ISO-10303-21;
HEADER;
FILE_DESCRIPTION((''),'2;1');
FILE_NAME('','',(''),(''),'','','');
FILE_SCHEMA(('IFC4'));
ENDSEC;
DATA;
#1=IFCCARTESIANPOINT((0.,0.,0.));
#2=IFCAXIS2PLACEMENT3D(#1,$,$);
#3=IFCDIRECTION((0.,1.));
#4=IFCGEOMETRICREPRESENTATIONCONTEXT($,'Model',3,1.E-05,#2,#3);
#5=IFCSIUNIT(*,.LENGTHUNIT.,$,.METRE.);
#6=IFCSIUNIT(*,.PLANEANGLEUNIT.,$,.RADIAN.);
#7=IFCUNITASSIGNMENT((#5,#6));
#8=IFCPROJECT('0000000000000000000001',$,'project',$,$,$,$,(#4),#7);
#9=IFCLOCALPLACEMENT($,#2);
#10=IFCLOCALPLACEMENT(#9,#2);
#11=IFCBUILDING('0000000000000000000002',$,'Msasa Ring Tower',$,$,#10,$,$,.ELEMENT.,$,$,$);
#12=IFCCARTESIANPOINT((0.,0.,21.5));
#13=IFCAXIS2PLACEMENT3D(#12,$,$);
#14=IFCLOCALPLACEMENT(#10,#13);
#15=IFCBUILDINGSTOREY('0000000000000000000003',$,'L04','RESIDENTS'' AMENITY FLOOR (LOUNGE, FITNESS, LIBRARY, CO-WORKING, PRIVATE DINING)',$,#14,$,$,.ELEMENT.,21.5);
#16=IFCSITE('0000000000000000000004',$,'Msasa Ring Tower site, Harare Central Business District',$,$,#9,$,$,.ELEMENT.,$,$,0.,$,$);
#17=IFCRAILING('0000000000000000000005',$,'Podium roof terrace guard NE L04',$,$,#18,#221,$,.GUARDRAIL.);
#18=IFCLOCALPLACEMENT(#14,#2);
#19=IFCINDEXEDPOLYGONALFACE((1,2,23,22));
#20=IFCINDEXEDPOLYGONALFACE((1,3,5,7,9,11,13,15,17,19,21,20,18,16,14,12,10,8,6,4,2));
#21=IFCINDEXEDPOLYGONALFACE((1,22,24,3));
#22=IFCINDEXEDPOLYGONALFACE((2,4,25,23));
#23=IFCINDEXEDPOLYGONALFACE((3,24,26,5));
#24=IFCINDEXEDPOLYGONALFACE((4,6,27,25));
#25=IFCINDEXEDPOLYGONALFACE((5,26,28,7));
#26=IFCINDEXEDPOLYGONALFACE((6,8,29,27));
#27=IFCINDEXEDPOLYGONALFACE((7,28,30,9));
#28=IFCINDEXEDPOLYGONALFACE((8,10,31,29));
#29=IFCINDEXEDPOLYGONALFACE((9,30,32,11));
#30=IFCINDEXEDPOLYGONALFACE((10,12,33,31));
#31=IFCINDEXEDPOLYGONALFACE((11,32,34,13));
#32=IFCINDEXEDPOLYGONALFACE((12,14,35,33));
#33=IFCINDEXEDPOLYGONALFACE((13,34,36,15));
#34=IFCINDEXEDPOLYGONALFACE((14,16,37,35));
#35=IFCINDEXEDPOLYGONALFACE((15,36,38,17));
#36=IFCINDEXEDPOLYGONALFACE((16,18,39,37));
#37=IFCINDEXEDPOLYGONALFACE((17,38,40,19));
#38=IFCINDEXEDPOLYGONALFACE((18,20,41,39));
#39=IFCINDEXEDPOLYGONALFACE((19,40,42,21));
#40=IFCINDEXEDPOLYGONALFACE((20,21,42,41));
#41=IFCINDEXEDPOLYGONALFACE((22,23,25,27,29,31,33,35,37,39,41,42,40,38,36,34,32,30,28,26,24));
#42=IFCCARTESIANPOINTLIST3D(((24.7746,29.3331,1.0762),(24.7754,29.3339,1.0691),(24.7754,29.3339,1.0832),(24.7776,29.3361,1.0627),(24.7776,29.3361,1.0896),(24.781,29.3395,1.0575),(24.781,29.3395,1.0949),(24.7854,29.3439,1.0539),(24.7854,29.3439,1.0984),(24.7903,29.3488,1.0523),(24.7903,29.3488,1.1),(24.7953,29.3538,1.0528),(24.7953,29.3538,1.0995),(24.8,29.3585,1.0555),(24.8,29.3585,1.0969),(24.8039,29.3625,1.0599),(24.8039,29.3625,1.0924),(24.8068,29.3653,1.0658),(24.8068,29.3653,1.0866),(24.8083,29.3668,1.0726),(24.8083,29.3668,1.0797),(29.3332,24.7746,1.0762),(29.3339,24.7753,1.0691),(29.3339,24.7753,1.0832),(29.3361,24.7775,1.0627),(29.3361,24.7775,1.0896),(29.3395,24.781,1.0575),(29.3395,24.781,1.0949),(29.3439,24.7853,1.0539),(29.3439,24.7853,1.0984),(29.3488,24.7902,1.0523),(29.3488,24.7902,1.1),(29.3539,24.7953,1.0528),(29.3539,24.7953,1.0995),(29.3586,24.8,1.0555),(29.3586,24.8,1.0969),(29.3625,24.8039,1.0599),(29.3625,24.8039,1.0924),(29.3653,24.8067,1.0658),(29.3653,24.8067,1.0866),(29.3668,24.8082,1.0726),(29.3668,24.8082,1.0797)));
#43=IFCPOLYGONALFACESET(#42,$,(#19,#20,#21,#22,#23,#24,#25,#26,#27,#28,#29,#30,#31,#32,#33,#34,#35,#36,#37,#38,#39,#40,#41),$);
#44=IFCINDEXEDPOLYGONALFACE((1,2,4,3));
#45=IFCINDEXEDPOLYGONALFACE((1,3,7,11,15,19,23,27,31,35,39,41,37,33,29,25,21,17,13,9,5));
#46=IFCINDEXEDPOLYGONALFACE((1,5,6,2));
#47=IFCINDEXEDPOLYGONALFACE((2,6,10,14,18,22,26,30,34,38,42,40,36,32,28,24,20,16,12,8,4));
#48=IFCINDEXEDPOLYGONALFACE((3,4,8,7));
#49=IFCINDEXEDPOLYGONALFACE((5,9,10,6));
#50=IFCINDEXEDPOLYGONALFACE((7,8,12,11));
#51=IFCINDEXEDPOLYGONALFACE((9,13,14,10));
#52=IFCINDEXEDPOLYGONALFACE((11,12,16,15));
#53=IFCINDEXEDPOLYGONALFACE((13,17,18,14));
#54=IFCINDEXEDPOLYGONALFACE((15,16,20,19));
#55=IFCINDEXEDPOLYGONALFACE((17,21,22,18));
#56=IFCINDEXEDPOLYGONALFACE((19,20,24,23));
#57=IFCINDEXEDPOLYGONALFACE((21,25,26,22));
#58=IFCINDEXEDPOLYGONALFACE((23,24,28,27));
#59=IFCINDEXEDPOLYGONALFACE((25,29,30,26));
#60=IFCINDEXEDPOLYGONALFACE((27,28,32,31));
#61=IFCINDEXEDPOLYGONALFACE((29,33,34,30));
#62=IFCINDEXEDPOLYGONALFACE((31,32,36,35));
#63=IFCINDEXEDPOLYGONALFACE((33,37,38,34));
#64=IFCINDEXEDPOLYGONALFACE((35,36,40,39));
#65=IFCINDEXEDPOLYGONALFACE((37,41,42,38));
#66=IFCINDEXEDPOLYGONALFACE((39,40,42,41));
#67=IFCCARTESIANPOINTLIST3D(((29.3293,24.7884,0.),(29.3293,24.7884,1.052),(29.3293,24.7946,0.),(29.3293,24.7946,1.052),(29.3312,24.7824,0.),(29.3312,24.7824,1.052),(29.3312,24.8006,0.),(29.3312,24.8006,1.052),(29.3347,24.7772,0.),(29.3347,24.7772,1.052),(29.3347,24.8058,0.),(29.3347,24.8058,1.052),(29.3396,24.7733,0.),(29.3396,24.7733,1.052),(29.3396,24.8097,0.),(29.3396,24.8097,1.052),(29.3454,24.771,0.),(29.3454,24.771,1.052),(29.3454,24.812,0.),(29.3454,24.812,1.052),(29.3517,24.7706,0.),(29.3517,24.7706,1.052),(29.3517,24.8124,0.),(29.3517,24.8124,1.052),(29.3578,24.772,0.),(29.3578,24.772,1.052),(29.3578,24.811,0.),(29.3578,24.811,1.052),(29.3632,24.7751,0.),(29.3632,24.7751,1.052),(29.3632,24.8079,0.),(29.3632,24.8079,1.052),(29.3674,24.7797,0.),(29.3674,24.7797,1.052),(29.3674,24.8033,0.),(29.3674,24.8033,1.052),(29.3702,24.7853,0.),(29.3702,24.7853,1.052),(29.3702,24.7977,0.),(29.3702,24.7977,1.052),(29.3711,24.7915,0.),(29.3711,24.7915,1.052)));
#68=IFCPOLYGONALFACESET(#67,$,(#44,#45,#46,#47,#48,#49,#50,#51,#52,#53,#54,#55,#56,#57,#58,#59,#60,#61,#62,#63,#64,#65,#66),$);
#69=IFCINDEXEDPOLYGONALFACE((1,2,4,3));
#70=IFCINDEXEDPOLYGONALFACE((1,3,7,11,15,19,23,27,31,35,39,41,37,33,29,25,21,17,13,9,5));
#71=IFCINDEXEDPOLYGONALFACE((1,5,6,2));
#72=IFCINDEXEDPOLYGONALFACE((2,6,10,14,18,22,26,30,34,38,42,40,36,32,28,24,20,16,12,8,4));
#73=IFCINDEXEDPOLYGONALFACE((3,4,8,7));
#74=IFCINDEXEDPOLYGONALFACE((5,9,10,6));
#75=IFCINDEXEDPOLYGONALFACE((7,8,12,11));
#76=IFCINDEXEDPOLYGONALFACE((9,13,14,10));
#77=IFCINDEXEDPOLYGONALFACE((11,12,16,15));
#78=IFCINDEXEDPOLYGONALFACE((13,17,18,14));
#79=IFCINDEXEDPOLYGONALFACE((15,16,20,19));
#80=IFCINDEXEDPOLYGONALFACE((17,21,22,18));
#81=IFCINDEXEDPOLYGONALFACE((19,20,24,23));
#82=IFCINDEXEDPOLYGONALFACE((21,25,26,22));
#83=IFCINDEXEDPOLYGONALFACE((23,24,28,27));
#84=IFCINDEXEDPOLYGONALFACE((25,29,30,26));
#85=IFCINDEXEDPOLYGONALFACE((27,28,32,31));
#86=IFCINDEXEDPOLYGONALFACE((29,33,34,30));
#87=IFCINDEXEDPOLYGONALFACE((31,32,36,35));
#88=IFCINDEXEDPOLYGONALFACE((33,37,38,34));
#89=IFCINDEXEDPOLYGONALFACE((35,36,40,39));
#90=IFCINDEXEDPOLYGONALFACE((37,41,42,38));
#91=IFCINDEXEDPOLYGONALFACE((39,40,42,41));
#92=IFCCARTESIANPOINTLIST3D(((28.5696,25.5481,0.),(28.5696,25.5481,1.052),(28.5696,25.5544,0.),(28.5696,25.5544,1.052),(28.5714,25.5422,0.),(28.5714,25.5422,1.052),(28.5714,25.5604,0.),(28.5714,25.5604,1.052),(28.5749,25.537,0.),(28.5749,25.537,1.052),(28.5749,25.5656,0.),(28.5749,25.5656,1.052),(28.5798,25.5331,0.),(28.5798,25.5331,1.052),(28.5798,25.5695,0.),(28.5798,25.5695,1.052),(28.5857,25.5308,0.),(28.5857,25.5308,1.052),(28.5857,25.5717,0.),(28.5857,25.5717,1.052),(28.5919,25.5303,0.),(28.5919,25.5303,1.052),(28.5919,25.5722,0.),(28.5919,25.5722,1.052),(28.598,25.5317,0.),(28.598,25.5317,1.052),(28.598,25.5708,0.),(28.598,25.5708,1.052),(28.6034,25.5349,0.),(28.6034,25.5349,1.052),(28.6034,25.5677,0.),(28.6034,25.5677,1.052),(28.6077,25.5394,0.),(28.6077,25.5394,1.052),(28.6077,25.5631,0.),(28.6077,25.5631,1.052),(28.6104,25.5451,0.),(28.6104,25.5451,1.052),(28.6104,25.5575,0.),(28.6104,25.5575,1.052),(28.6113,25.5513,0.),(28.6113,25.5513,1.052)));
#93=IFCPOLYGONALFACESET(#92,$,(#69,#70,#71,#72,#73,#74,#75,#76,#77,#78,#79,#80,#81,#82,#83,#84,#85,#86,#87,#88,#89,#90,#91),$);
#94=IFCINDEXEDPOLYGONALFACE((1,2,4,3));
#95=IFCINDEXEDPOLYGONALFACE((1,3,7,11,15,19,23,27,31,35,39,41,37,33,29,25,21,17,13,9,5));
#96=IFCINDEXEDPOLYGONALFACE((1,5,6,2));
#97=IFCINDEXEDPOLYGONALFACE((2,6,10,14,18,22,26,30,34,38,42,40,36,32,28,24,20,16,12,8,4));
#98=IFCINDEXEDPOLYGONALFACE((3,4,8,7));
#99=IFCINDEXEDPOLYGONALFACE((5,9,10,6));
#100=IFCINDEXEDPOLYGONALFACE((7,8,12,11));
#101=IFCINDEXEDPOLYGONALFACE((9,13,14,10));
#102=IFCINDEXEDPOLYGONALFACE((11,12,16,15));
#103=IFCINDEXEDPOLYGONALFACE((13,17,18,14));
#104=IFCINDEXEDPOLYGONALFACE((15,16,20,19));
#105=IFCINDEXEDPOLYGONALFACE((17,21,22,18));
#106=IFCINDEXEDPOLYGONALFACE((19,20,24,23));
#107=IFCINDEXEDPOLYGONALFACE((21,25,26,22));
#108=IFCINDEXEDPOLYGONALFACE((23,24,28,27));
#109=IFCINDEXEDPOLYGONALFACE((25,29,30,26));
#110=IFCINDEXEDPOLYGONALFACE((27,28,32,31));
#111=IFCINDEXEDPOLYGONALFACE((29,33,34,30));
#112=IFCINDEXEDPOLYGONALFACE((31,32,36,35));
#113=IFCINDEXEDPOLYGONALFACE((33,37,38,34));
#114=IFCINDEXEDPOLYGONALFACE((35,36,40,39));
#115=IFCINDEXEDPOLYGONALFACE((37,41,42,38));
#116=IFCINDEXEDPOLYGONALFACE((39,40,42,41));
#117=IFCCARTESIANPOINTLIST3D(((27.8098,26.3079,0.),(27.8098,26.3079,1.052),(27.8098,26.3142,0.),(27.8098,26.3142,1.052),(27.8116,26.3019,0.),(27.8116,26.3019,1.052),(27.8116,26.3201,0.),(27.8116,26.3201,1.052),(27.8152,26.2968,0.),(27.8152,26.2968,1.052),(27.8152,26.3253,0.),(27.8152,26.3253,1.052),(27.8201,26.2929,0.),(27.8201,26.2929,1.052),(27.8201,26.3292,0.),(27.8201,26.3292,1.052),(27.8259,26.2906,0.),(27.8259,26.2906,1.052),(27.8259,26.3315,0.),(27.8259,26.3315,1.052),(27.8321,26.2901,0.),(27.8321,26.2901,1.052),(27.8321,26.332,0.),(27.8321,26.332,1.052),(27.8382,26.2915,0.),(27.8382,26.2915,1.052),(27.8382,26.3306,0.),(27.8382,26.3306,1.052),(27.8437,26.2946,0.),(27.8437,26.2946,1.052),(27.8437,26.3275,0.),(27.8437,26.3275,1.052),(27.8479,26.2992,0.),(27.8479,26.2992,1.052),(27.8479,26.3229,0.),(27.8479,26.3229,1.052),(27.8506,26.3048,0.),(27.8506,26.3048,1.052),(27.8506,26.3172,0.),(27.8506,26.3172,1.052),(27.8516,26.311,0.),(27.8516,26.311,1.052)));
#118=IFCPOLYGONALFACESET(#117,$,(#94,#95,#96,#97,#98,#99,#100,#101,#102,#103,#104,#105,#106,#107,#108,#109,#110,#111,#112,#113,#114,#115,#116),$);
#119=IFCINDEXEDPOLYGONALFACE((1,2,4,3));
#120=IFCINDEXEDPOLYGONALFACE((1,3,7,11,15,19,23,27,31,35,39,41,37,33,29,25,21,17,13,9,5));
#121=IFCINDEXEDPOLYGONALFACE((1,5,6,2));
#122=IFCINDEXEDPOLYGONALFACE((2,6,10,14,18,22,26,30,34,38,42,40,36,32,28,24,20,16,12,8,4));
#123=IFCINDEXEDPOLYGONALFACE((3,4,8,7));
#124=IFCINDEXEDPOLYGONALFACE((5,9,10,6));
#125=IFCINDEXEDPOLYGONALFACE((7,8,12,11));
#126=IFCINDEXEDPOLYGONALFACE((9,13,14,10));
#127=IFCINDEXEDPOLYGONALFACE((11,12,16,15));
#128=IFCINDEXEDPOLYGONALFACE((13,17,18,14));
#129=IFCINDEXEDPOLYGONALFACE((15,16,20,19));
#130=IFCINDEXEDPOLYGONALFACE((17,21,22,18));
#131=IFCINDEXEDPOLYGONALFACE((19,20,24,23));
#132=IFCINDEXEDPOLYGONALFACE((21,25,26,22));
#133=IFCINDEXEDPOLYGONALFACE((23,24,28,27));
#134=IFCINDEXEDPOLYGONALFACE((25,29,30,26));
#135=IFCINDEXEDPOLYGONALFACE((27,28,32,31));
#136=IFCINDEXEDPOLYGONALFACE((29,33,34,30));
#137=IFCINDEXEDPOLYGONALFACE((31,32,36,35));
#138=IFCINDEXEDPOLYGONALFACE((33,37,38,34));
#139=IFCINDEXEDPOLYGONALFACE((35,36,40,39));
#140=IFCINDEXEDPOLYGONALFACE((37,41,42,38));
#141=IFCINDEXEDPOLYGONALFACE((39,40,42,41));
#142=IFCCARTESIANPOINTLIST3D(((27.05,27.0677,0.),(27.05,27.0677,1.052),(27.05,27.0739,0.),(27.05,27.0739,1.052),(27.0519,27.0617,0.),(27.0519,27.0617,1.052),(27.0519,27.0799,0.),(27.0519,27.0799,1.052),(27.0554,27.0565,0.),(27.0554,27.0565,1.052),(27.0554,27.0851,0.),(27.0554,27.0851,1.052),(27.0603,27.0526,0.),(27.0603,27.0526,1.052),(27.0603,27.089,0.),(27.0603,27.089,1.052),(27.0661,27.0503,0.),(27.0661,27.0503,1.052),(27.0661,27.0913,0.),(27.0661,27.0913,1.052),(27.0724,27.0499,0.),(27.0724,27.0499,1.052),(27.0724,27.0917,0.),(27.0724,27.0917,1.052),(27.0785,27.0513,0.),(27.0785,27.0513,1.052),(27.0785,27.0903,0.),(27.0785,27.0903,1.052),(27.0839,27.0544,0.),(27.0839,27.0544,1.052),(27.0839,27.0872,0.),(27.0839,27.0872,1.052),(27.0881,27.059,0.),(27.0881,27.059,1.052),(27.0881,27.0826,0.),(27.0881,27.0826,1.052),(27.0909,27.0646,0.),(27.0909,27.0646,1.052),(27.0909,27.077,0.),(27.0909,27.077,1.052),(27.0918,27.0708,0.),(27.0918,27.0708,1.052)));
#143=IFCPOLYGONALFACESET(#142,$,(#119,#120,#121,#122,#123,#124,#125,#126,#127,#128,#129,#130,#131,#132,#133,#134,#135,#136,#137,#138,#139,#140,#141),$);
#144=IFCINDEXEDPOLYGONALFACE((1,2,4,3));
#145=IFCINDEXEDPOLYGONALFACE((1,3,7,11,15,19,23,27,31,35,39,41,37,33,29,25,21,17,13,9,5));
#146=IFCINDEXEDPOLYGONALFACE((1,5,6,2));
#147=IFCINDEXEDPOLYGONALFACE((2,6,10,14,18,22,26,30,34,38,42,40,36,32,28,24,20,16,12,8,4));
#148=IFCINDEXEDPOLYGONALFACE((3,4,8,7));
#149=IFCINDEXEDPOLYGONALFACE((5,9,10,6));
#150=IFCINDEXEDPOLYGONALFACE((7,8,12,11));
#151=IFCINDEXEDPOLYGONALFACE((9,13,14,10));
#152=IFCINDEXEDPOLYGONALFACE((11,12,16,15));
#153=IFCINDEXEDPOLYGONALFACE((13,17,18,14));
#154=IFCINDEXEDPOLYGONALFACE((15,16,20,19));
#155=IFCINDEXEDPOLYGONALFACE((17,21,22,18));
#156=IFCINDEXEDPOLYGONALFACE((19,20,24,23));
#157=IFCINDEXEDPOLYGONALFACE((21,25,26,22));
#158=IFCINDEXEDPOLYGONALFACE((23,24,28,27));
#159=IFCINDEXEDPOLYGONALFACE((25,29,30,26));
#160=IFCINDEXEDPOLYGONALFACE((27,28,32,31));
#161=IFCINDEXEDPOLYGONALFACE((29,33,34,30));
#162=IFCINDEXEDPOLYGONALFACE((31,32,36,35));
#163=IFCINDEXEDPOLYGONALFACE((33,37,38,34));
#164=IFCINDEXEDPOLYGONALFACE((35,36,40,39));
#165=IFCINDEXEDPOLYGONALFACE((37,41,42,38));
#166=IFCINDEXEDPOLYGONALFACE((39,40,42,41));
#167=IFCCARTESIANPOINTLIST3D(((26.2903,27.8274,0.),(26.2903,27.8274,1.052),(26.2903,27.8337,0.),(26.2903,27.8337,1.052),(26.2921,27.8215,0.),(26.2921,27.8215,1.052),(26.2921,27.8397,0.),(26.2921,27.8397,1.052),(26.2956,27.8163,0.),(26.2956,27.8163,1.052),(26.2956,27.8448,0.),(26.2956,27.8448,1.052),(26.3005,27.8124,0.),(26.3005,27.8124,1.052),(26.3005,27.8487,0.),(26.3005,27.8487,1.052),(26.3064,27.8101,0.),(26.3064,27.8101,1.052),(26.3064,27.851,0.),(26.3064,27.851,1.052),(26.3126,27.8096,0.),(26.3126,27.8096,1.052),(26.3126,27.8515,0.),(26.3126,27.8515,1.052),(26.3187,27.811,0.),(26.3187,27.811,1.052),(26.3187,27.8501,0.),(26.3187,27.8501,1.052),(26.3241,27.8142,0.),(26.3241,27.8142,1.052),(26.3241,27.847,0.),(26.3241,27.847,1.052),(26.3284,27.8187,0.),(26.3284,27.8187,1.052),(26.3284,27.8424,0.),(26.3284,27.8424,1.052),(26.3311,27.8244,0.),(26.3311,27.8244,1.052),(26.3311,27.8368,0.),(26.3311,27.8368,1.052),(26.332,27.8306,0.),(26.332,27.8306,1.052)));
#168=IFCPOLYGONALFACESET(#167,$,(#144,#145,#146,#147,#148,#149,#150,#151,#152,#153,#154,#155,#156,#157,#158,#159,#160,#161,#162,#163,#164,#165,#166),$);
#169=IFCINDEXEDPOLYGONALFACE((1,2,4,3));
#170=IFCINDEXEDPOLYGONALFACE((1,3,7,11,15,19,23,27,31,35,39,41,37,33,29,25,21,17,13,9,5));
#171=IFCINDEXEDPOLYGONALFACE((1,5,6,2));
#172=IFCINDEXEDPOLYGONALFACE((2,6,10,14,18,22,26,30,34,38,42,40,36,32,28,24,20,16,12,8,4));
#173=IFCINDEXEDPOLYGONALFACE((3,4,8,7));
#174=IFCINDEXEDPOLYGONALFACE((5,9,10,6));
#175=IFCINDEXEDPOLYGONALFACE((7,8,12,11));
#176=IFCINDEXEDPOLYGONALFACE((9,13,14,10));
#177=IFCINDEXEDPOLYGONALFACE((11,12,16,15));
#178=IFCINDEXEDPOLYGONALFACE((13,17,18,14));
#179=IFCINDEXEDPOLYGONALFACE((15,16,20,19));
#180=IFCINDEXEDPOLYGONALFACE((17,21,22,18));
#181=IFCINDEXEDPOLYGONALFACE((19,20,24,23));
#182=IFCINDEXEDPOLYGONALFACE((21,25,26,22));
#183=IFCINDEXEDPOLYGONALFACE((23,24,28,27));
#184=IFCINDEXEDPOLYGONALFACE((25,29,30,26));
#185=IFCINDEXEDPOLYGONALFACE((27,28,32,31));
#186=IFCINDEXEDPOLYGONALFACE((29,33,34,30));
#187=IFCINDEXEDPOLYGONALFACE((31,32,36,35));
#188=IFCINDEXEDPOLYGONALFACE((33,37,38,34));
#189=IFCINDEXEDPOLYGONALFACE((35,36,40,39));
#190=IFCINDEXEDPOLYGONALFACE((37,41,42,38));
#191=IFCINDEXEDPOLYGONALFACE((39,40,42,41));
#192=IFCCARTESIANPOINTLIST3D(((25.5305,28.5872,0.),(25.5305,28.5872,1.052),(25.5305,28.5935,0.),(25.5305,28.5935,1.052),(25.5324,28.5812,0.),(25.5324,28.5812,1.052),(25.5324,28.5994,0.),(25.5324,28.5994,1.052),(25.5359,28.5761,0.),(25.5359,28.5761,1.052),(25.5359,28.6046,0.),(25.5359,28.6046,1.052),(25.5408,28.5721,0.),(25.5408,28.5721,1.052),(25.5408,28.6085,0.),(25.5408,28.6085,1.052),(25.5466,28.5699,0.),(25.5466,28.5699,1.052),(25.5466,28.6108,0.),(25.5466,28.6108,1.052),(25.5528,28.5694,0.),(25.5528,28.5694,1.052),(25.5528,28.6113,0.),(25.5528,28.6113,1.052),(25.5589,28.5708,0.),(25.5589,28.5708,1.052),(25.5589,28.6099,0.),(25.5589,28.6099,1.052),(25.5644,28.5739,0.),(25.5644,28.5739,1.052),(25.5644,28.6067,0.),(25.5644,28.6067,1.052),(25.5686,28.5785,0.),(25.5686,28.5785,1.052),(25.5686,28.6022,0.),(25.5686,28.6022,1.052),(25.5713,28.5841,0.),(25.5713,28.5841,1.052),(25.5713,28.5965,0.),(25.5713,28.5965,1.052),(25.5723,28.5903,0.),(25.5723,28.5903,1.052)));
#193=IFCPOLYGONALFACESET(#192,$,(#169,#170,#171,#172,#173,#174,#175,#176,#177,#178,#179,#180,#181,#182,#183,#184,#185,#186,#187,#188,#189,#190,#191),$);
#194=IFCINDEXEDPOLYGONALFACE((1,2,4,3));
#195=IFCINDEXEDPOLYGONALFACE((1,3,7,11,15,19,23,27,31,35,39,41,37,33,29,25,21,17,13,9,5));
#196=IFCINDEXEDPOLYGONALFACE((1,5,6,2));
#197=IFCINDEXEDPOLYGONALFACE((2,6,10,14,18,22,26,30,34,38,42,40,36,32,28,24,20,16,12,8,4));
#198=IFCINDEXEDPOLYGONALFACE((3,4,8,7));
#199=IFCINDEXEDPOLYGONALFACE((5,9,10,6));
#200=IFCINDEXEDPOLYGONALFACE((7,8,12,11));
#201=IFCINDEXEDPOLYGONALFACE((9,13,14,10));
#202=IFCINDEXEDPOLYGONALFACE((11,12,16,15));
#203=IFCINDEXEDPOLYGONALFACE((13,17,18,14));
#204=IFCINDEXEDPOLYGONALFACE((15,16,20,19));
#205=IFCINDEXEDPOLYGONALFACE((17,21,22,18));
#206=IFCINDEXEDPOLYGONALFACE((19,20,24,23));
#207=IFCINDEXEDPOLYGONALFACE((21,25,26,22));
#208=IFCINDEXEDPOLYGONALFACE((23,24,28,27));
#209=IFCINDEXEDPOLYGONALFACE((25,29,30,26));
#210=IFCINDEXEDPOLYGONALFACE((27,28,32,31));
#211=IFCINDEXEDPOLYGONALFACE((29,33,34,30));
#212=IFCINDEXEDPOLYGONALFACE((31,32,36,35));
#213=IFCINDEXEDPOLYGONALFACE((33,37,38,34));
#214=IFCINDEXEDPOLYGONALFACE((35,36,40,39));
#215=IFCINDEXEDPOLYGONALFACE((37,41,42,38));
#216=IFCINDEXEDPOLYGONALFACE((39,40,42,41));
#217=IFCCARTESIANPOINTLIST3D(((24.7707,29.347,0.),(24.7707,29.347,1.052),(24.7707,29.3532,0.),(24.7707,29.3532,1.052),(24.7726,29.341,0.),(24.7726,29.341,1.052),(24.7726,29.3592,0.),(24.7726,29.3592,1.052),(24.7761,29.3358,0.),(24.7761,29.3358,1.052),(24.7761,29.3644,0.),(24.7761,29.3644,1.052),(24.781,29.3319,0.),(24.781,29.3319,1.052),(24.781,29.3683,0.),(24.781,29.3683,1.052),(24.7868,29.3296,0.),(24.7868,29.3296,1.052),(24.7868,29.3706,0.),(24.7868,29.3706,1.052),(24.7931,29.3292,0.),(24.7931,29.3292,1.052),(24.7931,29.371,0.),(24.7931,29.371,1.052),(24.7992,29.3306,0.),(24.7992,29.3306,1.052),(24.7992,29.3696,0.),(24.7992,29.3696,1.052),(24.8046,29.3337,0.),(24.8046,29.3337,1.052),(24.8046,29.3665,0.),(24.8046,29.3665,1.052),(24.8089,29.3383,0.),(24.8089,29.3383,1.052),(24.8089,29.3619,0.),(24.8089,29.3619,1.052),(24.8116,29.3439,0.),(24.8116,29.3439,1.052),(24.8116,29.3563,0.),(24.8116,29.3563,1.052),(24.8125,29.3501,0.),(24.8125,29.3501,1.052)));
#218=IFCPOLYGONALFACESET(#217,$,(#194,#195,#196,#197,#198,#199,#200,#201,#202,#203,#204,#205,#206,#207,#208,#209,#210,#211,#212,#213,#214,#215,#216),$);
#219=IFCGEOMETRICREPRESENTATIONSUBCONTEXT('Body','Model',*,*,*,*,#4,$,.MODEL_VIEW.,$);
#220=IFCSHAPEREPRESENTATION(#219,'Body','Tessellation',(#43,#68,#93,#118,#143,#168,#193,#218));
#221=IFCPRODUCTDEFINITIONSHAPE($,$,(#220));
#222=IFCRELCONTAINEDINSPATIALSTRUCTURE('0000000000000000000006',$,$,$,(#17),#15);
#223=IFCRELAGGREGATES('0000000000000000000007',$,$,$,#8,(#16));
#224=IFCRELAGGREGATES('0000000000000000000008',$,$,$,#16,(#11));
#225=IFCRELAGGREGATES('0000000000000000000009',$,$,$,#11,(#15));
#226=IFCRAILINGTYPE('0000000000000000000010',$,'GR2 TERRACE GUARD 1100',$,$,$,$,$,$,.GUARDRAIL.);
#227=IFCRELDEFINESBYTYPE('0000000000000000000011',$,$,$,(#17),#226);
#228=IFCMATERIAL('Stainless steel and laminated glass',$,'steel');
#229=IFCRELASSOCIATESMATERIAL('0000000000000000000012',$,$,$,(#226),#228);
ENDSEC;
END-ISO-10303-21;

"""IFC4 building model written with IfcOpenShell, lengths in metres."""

from ifc_helpers import new_model, si_unit, direction, frame, origin, origin_2d, place, context, subcontext, project, spatial, circle, extrude, material, type_object, element, save


model = new_model("IFC4")

# Units and contexts
model_context = context("Model", 3, precision=1e-05, world=origin(), true_north=direction((0.0, 1.0)))
body_context = subcontext(model_context, "Body", "Model", "MODEL_VIEW")
ifc_project = project(units=[si_unit("LENGTHUNIT", "METRE"), si_unit("PLANEANGLEUNIT", "RADIAN")], contexts=[model_context])

# Site, building, storey
site_placement = place(None, origin())
site = spatial("IfcSite", under=ifc_project, at=site_placement, Name="Msasa Ring Tower site, Harare Central Business District", CompositionType="ELEMENT", RefElevation=0.0)
building_placement = place(site_placement, origin())
building = spatial("IfcBuilding", under=site, at=building_placement, Name="Msasa Ring Tower", CompositionType="ELEMENT")
storey_placement = place(building_placement, frame((0.0, 0.0, 21.5)))
storey = spatial("IfcBuildingStorey", under=building, at=storey_placement, Name="L04", Description="RESIDENTS' AMENITY FLOOR (LOUNGE, FITNESS, LIBRARY, CO-WORKING, PRIVATE DINING)", CompositionType="ELEMENT", Elevation=21.5)

# Railing
ifc_material_1 = material(Name="Stainless steel and laminated glass", Category="steel")
railing_type = type_object("IfcRailingType", Name="GR2 TERRACE GUARD 1100", PredefinedType="GUARDRAIL", material=ifc_material_1)
railing_1_placement = place(storey_placement, frame((29.3501, 24.7915, 0.0)))
element("IfcRailing", 1, at=railing_1_placement, inside=storey, type_object=railing_type, Name="Podium roof terrace guard NE L04", PredefinedType="GUARDRAIL", context=body_context, shape_type="SweptSolid", body=[
    extrude(circle(Radius=0.0239, at=origin_2d()), frame((0.0, 0.0, 1.0762), z_axis=(-0.707107, 0.707107, 0.0), x_axis=(-0.707107, -0.707107, 0.0)), (0.0, 0.0, 1.0), 6.4468),
    extrude(circle(Radius=0.021, at=origin_2d()), origin(), (0.0, 0.0, 1.0), 1.052),
    extrude(circle(Radius=0.021, at=origin_2d()), frame((-0.7598, 0.7598, 0.0)), (0.0, 0.0, 1.0), 1.052),
    extrude(circle(Radius=0.021, at=origin_2d()), frame((-1.5195, 1.5195, 0.0)), (0.0, 0.0, 1.0), 1.052),
    extrude(circle(Radius=0.021, at=origin_2d()), frame((-2.2793, 2.2793, 0.0)), (0.0, 0.0, 1.0), 1.052),
    extrude(circle(Radius=0.021, at=origin_2d()), frame((-3.0391, 3.0391, 0.0)), (0.0, 0.0, 1.0), 1.052),
    extrude(circle(Radius=0.021, at=origin_2d()), frame((-3.7988, 3.7988, 0.0)), (0.0, 0.0, 1.0), 1.052),
    extrude(circle(Radius=0.021, at=origin_2d()), frame((-4.5586, 4.5586, 0.0)), (0.0, 0.0, 1.0), 1.052),
])

save(model, "model.ifc")
